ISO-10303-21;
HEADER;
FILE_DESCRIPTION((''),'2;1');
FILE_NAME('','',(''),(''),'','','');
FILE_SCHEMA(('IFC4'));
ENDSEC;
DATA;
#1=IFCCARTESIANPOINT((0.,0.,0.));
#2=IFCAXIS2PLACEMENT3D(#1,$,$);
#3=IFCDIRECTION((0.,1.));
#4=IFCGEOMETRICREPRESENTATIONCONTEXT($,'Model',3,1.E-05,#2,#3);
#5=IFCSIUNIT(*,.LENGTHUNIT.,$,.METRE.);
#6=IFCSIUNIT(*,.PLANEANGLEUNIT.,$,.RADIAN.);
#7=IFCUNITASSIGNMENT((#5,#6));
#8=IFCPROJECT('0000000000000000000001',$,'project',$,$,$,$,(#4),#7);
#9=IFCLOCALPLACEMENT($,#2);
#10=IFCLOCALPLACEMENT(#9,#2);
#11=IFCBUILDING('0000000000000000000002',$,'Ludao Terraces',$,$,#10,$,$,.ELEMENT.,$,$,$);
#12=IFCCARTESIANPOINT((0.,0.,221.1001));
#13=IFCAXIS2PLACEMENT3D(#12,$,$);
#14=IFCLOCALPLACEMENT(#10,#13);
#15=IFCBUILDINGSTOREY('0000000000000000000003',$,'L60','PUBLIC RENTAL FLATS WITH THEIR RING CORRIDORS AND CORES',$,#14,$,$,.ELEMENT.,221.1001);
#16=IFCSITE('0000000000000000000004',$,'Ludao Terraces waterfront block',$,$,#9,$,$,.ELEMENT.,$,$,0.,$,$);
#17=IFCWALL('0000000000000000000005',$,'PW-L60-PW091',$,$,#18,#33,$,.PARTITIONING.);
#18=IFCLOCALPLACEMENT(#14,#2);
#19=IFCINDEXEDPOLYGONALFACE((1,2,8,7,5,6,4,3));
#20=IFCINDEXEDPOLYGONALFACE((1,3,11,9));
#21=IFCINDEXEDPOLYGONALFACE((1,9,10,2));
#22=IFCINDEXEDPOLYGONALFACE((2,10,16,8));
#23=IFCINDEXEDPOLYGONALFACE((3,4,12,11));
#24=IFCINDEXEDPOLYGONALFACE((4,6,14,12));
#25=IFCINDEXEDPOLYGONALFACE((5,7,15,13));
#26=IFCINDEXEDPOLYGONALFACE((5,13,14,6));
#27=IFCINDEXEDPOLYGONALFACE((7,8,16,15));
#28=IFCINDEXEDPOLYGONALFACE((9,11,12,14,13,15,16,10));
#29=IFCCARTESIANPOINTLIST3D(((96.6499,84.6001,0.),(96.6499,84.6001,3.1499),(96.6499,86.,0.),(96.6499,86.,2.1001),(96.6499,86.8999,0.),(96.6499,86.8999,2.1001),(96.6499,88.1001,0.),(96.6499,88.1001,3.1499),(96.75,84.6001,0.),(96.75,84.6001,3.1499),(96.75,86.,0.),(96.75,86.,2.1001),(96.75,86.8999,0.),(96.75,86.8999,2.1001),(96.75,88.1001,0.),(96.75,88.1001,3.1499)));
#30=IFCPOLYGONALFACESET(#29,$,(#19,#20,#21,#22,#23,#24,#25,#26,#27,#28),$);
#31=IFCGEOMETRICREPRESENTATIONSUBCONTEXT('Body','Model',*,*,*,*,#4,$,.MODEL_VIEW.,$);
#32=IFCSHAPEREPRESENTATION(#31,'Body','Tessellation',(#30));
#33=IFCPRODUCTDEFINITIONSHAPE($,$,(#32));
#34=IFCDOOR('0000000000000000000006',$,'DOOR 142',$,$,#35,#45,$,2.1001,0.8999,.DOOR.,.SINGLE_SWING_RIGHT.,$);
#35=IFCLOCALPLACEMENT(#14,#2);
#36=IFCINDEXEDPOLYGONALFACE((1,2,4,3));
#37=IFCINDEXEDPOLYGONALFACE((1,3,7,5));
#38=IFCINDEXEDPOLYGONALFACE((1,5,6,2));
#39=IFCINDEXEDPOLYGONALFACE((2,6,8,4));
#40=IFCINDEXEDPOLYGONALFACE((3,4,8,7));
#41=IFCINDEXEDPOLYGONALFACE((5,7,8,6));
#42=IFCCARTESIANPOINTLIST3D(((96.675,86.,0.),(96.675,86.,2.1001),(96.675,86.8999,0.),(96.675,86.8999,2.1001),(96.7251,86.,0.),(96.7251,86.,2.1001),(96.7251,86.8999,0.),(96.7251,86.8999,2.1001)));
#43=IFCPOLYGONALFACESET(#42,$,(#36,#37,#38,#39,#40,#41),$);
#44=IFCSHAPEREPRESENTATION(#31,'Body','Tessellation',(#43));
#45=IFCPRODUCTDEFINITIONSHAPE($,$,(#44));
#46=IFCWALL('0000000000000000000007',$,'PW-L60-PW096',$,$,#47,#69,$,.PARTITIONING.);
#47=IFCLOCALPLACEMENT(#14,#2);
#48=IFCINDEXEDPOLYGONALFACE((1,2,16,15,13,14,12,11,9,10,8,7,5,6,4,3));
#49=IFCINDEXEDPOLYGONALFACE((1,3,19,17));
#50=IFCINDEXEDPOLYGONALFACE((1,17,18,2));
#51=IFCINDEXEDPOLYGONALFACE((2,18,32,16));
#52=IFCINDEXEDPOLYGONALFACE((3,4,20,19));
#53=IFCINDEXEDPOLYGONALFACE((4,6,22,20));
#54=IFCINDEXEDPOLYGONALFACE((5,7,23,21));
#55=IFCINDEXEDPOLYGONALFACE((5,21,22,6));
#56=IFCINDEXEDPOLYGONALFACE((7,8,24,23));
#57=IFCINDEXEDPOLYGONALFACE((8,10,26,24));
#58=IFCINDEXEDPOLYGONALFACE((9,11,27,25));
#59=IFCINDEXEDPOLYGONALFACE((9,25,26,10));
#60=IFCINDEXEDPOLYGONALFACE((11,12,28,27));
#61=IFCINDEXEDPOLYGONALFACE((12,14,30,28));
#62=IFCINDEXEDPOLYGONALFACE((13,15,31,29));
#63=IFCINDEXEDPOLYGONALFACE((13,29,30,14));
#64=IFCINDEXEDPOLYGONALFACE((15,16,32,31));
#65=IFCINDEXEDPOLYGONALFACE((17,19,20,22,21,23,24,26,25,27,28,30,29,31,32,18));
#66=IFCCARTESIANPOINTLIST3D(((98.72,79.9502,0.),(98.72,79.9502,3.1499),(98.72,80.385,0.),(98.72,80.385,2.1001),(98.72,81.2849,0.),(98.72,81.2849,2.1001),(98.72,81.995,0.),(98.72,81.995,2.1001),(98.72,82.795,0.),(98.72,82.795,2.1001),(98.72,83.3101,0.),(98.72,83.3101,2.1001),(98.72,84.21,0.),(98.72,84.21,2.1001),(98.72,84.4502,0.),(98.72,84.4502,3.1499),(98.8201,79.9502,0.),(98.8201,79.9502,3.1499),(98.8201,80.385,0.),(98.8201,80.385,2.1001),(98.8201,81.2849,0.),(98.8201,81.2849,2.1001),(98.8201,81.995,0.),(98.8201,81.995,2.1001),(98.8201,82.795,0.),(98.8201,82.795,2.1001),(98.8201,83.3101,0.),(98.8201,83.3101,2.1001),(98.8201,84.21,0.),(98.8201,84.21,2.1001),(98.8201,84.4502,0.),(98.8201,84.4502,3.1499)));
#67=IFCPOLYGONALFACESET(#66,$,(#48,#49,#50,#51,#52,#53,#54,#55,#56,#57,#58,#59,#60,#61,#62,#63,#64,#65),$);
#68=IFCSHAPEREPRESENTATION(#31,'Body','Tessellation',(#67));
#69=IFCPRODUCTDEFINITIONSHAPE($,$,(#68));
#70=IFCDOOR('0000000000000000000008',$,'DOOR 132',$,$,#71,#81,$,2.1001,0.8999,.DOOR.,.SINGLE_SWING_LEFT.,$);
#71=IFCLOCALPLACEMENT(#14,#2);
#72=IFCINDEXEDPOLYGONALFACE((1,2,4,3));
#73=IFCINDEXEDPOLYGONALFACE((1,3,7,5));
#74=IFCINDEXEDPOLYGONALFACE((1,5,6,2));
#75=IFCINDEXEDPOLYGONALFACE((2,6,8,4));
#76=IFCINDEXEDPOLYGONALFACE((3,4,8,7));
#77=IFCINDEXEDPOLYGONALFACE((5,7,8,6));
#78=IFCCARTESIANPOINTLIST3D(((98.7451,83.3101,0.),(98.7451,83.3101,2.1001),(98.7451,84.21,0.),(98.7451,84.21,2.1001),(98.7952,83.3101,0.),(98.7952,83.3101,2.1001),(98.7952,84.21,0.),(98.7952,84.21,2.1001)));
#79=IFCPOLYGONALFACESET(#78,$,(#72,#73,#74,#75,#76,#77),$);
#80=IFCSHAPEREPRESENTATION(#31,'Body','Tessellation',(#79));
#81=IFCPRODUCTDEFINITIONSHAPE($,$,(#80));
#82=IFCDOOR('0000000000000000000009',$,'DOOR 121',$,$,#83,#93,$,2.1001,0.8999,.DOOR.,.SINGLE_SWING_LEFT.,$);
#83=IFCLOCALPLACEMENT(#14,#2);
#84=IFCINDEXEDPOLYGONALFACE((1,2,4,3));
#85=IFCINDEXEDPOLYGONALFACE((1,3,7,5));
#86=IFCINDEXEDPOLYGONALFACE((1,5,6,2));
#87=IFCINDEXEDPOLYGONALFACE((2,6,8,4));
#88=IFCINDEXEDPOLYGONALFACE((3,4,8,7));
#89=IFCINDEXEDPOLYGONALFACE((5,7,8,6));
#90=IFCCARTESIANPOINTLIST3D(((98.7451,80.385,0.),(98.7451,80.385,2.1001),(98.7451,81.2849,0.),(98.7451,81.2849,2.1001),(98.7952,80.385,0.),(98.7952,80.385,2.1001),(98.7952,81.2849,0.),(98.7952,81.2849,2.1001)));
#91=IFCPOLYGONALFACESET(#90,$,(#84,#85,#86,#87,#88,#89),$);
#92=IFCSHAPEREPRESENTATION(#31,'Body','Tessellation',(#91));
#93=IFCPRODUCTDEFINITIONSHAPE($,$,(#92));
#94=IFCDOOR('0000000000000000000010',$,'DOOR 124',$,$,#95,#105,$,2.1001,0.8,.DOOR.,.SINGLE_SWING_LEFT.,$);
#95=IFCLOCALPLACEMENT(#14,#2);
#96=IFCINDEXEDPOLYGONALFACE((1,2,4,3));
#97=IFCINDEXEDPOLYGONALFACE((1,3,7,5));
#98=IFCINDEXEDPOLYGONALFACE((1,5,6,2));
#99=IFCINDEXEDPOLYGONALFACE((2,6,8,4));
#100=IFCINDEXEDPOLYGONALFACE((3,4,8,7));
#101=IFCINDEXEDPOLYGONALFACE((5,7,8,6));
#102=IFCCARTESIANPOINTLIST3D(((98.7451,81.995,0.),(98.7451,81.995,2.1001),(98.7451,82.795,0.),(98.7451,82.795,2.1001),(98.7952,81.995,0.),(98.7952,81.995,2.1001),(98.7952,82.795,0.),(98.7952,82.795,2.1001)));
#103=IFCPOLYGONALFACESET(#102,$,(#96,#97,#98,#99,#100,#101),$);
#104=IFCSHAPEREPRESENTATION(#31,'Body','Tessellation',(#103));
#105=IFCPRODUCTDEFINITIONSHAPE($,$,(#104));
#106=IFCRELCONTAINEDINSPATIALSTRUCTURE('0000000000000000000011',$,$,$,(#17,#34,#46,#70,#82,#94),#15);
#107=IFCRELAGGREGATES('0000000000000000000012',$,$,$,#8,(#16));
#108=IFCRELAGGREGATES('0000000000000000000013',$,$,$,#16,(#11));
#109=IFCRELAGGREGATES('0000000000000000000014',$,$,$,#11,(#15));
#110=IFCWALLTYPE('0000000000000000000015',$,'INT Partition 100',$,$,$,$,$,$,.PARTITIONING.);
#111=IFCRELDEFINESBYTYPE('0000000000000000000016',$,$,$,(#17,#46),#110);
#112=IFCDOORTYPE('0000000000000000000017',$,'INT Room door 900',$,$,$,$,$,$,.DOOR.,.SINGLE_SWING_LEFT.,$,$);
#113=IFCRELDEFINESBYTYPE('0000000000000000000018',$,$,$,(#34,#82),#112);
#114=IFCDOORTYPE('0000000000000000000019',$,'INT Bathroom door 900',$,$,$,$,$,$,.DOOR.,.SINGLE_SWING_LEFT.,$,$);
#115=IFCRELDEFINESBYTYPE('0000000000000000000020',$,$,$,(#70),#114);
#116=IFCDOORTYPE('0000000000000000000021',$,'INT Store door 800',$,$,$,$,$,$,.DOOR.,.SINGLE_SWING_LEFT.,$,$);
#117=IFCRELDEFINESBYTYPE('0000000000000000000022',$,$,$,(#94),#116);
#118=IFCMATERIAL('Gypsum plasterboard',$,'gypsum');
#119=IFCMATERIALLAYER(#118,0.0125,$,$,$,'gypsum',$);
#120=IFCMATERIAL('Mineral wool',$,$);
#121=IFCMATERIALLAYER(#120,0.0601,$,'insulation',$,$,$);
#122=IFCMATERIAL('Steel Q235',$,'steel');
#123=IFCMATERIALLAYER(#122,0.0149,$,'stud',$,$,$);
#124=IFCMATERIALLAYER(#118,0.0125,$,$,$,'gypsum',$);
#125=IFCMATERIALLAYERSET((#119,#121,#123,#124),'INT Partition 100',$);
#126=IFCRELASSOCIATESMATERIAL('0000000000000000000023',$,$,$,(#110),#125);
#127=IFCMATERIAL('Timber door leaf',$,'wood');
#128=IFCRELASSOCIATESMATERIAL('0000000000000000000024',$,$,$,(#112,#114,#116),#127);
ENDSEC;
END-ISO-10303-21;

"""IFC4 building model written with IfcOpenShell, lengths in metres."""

from ifc_helpers import new_model, si_unit, direction, frame, frame_2d, origin, place, context, subcontext, project, spatial, rectangle, extrude, material, layer, layer_set, type_object, element, fill, save


model = new_model("IFC4")

# Units and contexts
model_context = context("Model", 3, precision=1e-05, world=origin(), true_north=direction((0.0, 1.0)))
body_context = subcontext(model_context, "Body", "Model", "MODEL_VIEW")
ifc_project = project(units=[si_unit("LENGTHUNIT", "METRE"), si_unit("PLANEANGLEUNIT", "RADIAN")], contexts=[model_context])

# Site, building, storey
site_placement = place(None, origin())
site = spatial("IfcSite", under=ifc_project, at=site_placement, Name="Ludao Terraces waterfront block", CompositionType="ELEMENT", RefElevation=0.0)
building_placement = place(site_placement, origin())
building = spatial("IfcBuilding", under=site, at=building_placement, Name="Ludao Terraces", CompositionType="ELEMENT")
storey_placement = place(building_placement, frame((0.0, 0.0, 221.1001)))
storey = spatial("IfcBuildingStorey", under=building, at=storey_placement, Name="L60", Description="PUBLIC RENTAL FLATS WITH THEIR RING CORRIDORS AND CORES", CompositionType="ELEMENT", Elevation=221.1001)

# Shared definitions
ifc_material_1 = material(Name="Mineral wool")

# Shared definitions
ifc_material_2 = material(Name="Gypsum plasterboard", Category="gypsum")
ifc_layer_1 = layer(ifc_material_2, 0.0125, Category="gypsum")
ifc_layer_2 = layer(ifc_material_1, 0.0601, Name="insulation")
ifc_material_3 = material(Name="Steel Q235", Category="steel")
ifc_layer_3 = layer(ifc_material_3, 0.0149, Name="stud")
ifc_layer_4 = layer(ifc_material_2, 0.0125, Category="gypsum")
ifc_layer_set_1 = layer_set([ifc_layer_1, ifc_layer_2, ifc_layer_3, ifc_layer_4], Name="INT Partition 100")
wall_type_1 = type_object("IfcWallType", Name="INT Partition 100", PredefinedType="PARTITIONING", material=ifc_layer_set_1)

# Wall, opening, door
ifc_material_4 = material(Name="Timber door leaf", Category="wood")
door_type_1 = type_object("IfcDoorType", Name="INT Room door 900", OperationType="SINGLE_SWING_LEFT", PredefinedType="DOOR", material=ifc_material_4)
wall_1_placement = place(storey_placement, frame((96.7, 84.6001, 0.0), z_axis=(0.0, 0.0, 1.0), x_axis=(0.0, 1.0, 0.0)))
wall_1 = element("IfcWall", 1, at=wall_1_placement, inside=storey, type_object=wall_type_1, Name="PW-L60-PW091", PredefinedType="PARTITIONING", context=body_context, shape_type="SweptSolid", body=[
    extrude(rectangle(XDim=3.5, YDim=0.1001, at=frame_2d((1.75, 0.0))), origin(), (0.0, 0.0, 1.0), 3.1499),
])
opening_1_placement = place(wall_1_placement, frame((1.3999, 0.0, 0.0)))
opening_1 = element("IfcOpeningElement", 2, at=opening_1_placement, cuts=wall_1, PredefinedType="OPENING", context=body_context, shape_type="SweptSolid", body=[
    extrude(rectangle(XDim=0.8999, YDim=2.1001, at=frame_2d((0.45, 1.05))), frame((0.0, 0.0601, 0.0), z_axis=(0.0, -1.0, 0.0), x_axis=(1.0, 0.0, 0.0)), (0.0, 0.0, 1.0), 0.1201),
])
door_1_placement = place(opening_1_placement, origin())
door_1 = element("IfcDoor", 3, at=door_1_placement, inside=storey, type_object=door_type_1, Name="DOOR 142", OperationType="SINGLE_SWING_RIGHT", OverallHeight=2.1001, OverallWidth=0.8999, PredefinedType="DOOR", context=body_context, shape_type="SweptSolid", body=[
    extrude(rectangle(XDim=0.8999, YDim=2.1001, at=frame_2d((0.45, 1.05))), frame((0.0, 0.0249, 0.0), z_axis=(0.0, -1.0, 0.0), x_axis=(1.0, 0.0, 0.0)), (0.0, 0.0, 1.0), 0.05),
])
fill(opening_1, door_1)

# Wall, openings, doors
wall_2_placement = place(storey_placement, frame((98.77, 79.9502, 0.0), z_axis=(0.0, 0.0, 1.0), x_axis=(0.0, 1.0, 0.0)))
wall_2 = element("IfcWall", 4, at=wall_2_placement, inside=storey, type_object=wall_type_1, Name="PW-L60-PW096", PredefinedType="PARTITIONING", context=body_context, shape_type="SweptSolid", body=[
    extrude(rectangle(XDim=4.5, YDim=0.1001, at=frame_2d((2.25, 0.0))), origin(), (0.0, 0.0, 1.0), 3.1499),
])
opening_2_placement = place(wall_2_placement, frame((0.4348, 0.0, 0.0)))
opening_2 = element("IfcOpeningElement", 5, at=opening_2_placement, cuts=wall_2, PredefinedType="OPENING", context=body_context, shape_type="SweptSolid", body=[
    extrude(rectangle(XDim=0.8999, YDim=2.1001, at=frame_2d((0.45, 1.05))), frame((0.0, 0.0601, 0.0), z_axis=(0.0, -1.0, 0.0), x_axis=(1.0, 0.0, 0.0)), (0.0, 0.0, 1.0), 0.1201),
])
opening_3_placement = place(wall_2_placement, frame((2.0449, 0.0, 0.0)))
opening_3 = element("IfcOpeningElement", 6, at=opening_3_placement, cuts=wall_2, PredefinedType="OPENING", context=body_context, shape_type="SweptSolid", body=[
    extrude(rectangle(XDim=0.8, YDim=2.1001, at=frame_2d((0.3999, 1.05))), frame((0.0, 0.0601, 0.0), z_axis=(0.0, -1.0, 0.0), x_axis=(1.0, 0.0, 0.0)), (0.0, 0.0, 1.0), 0.1201),
])
opening_4_placement = place(wall_2_placement, frame((3.3599, 0.0, 0.0)))
opening_4 = element("IfcOpeningElement", 7, at=opening_4_placement, cuts=wall_2, PredefinedType="OPENING", context=body_context, shape_type="SweptSolid", body=[
    extrude(rectangle(XDim=0.8999, YDim=2.1001, at=frame_2d((0.45, 1.05))), frame((0.0, 0.0601, 0.0), z_axis=(0.0, -1.0, 0.0), x_axis=(1.0, 0.0, 0.0)), (0.0, 0.0, 1.0), 0.1201),
])
door_type_2 = type_object("IfcDoorType", Name="INT Bathroom door 900", OperationType="SINGLE_SWING_LEFT", PredefinedType="DOOR", material=ifc_material_4)
door_2_placement = place(opening_4_placement, origin())
door_2 = element("IfcDoor", 8, at=door_2_placement, inside=storey, type_object=door_type_2, Name="DOOR 132", OperationType="SINGLE_SWING_LEFT", OverallHeight=2.1001, OverallWidth=0.8999, PredefinedType="DOOR", context=body_context, shape_type="SweptSolid", body=[
    extrude(rectangle(XDim=0.8999, YDim=2.1001, at=frame_2d((0.45, 1.05))), frame((0.0, 0.0249, 0.0), z_axis=(0.0, -1.0, 0.0), x_axis=(1.0, 0.0, 0.0)), (0.0, 0.0, 1.0), 0.05),
])
fill(opening_4, door_2)
door_3_placement = place(opening_2_placement, origin())
door_3 = element("IfcDoor", 9, at=door_3_placement, inside=storey, type_object=door_type_1, Name="DOOR 121", OperationType="SINGLE_SWING_LEFT", OverallHeight=2.1001, OverallWidth=0.8999, PredefinedType="DOOR", context=body_context, shape_type="SweptSolid", body=[
    extrude(rectangle(XDim=0.8999, YDim=2.1001, at=frame_2d((0.45, 1.05))), frame((0.0, 0.0249, 0.0), z_axis=(0.0, -1.0, 0.0), x_axis=(1.0, 0.0, 0.0)), (0.0, 0.0, 1.0), 0.05),
])
fill(opening_2, door_3)
door_type_3 = type_object("IfcDoorType", Name="INT Store door 800", OperationType="SINGLE_SWING_LEFT", PredefinedType="DOOR", material=ifc_material_4)
door_4_placement = place(opening_3_placement, origin())
door_4 = element("IfcDoor", 10, at=door_4_placement, inside=storey, type_object=door_type_3, Name="DOOR 124", OperationType="SINGLE_SWING_LEFT", OverallHeight=2.1001, OverallWidth=0.8, PredefinedType="DOOR", context=body_context, shape_type="SweptSolid", body=[
    extrude(rectangle(XDim=0.8, YDim=2.1001, at=frame_2d((0.3999, 1.05))), frame((0.0, 0.0249, 0.0), z_axis=(0.0, -1.0, 0.0), x_axis=(1.0, 0.0, 0.0)), (0.0, 0.0, 1.0), 0.05),
])
fill(opening_3, door_4)

save(model, "model.ifc")
